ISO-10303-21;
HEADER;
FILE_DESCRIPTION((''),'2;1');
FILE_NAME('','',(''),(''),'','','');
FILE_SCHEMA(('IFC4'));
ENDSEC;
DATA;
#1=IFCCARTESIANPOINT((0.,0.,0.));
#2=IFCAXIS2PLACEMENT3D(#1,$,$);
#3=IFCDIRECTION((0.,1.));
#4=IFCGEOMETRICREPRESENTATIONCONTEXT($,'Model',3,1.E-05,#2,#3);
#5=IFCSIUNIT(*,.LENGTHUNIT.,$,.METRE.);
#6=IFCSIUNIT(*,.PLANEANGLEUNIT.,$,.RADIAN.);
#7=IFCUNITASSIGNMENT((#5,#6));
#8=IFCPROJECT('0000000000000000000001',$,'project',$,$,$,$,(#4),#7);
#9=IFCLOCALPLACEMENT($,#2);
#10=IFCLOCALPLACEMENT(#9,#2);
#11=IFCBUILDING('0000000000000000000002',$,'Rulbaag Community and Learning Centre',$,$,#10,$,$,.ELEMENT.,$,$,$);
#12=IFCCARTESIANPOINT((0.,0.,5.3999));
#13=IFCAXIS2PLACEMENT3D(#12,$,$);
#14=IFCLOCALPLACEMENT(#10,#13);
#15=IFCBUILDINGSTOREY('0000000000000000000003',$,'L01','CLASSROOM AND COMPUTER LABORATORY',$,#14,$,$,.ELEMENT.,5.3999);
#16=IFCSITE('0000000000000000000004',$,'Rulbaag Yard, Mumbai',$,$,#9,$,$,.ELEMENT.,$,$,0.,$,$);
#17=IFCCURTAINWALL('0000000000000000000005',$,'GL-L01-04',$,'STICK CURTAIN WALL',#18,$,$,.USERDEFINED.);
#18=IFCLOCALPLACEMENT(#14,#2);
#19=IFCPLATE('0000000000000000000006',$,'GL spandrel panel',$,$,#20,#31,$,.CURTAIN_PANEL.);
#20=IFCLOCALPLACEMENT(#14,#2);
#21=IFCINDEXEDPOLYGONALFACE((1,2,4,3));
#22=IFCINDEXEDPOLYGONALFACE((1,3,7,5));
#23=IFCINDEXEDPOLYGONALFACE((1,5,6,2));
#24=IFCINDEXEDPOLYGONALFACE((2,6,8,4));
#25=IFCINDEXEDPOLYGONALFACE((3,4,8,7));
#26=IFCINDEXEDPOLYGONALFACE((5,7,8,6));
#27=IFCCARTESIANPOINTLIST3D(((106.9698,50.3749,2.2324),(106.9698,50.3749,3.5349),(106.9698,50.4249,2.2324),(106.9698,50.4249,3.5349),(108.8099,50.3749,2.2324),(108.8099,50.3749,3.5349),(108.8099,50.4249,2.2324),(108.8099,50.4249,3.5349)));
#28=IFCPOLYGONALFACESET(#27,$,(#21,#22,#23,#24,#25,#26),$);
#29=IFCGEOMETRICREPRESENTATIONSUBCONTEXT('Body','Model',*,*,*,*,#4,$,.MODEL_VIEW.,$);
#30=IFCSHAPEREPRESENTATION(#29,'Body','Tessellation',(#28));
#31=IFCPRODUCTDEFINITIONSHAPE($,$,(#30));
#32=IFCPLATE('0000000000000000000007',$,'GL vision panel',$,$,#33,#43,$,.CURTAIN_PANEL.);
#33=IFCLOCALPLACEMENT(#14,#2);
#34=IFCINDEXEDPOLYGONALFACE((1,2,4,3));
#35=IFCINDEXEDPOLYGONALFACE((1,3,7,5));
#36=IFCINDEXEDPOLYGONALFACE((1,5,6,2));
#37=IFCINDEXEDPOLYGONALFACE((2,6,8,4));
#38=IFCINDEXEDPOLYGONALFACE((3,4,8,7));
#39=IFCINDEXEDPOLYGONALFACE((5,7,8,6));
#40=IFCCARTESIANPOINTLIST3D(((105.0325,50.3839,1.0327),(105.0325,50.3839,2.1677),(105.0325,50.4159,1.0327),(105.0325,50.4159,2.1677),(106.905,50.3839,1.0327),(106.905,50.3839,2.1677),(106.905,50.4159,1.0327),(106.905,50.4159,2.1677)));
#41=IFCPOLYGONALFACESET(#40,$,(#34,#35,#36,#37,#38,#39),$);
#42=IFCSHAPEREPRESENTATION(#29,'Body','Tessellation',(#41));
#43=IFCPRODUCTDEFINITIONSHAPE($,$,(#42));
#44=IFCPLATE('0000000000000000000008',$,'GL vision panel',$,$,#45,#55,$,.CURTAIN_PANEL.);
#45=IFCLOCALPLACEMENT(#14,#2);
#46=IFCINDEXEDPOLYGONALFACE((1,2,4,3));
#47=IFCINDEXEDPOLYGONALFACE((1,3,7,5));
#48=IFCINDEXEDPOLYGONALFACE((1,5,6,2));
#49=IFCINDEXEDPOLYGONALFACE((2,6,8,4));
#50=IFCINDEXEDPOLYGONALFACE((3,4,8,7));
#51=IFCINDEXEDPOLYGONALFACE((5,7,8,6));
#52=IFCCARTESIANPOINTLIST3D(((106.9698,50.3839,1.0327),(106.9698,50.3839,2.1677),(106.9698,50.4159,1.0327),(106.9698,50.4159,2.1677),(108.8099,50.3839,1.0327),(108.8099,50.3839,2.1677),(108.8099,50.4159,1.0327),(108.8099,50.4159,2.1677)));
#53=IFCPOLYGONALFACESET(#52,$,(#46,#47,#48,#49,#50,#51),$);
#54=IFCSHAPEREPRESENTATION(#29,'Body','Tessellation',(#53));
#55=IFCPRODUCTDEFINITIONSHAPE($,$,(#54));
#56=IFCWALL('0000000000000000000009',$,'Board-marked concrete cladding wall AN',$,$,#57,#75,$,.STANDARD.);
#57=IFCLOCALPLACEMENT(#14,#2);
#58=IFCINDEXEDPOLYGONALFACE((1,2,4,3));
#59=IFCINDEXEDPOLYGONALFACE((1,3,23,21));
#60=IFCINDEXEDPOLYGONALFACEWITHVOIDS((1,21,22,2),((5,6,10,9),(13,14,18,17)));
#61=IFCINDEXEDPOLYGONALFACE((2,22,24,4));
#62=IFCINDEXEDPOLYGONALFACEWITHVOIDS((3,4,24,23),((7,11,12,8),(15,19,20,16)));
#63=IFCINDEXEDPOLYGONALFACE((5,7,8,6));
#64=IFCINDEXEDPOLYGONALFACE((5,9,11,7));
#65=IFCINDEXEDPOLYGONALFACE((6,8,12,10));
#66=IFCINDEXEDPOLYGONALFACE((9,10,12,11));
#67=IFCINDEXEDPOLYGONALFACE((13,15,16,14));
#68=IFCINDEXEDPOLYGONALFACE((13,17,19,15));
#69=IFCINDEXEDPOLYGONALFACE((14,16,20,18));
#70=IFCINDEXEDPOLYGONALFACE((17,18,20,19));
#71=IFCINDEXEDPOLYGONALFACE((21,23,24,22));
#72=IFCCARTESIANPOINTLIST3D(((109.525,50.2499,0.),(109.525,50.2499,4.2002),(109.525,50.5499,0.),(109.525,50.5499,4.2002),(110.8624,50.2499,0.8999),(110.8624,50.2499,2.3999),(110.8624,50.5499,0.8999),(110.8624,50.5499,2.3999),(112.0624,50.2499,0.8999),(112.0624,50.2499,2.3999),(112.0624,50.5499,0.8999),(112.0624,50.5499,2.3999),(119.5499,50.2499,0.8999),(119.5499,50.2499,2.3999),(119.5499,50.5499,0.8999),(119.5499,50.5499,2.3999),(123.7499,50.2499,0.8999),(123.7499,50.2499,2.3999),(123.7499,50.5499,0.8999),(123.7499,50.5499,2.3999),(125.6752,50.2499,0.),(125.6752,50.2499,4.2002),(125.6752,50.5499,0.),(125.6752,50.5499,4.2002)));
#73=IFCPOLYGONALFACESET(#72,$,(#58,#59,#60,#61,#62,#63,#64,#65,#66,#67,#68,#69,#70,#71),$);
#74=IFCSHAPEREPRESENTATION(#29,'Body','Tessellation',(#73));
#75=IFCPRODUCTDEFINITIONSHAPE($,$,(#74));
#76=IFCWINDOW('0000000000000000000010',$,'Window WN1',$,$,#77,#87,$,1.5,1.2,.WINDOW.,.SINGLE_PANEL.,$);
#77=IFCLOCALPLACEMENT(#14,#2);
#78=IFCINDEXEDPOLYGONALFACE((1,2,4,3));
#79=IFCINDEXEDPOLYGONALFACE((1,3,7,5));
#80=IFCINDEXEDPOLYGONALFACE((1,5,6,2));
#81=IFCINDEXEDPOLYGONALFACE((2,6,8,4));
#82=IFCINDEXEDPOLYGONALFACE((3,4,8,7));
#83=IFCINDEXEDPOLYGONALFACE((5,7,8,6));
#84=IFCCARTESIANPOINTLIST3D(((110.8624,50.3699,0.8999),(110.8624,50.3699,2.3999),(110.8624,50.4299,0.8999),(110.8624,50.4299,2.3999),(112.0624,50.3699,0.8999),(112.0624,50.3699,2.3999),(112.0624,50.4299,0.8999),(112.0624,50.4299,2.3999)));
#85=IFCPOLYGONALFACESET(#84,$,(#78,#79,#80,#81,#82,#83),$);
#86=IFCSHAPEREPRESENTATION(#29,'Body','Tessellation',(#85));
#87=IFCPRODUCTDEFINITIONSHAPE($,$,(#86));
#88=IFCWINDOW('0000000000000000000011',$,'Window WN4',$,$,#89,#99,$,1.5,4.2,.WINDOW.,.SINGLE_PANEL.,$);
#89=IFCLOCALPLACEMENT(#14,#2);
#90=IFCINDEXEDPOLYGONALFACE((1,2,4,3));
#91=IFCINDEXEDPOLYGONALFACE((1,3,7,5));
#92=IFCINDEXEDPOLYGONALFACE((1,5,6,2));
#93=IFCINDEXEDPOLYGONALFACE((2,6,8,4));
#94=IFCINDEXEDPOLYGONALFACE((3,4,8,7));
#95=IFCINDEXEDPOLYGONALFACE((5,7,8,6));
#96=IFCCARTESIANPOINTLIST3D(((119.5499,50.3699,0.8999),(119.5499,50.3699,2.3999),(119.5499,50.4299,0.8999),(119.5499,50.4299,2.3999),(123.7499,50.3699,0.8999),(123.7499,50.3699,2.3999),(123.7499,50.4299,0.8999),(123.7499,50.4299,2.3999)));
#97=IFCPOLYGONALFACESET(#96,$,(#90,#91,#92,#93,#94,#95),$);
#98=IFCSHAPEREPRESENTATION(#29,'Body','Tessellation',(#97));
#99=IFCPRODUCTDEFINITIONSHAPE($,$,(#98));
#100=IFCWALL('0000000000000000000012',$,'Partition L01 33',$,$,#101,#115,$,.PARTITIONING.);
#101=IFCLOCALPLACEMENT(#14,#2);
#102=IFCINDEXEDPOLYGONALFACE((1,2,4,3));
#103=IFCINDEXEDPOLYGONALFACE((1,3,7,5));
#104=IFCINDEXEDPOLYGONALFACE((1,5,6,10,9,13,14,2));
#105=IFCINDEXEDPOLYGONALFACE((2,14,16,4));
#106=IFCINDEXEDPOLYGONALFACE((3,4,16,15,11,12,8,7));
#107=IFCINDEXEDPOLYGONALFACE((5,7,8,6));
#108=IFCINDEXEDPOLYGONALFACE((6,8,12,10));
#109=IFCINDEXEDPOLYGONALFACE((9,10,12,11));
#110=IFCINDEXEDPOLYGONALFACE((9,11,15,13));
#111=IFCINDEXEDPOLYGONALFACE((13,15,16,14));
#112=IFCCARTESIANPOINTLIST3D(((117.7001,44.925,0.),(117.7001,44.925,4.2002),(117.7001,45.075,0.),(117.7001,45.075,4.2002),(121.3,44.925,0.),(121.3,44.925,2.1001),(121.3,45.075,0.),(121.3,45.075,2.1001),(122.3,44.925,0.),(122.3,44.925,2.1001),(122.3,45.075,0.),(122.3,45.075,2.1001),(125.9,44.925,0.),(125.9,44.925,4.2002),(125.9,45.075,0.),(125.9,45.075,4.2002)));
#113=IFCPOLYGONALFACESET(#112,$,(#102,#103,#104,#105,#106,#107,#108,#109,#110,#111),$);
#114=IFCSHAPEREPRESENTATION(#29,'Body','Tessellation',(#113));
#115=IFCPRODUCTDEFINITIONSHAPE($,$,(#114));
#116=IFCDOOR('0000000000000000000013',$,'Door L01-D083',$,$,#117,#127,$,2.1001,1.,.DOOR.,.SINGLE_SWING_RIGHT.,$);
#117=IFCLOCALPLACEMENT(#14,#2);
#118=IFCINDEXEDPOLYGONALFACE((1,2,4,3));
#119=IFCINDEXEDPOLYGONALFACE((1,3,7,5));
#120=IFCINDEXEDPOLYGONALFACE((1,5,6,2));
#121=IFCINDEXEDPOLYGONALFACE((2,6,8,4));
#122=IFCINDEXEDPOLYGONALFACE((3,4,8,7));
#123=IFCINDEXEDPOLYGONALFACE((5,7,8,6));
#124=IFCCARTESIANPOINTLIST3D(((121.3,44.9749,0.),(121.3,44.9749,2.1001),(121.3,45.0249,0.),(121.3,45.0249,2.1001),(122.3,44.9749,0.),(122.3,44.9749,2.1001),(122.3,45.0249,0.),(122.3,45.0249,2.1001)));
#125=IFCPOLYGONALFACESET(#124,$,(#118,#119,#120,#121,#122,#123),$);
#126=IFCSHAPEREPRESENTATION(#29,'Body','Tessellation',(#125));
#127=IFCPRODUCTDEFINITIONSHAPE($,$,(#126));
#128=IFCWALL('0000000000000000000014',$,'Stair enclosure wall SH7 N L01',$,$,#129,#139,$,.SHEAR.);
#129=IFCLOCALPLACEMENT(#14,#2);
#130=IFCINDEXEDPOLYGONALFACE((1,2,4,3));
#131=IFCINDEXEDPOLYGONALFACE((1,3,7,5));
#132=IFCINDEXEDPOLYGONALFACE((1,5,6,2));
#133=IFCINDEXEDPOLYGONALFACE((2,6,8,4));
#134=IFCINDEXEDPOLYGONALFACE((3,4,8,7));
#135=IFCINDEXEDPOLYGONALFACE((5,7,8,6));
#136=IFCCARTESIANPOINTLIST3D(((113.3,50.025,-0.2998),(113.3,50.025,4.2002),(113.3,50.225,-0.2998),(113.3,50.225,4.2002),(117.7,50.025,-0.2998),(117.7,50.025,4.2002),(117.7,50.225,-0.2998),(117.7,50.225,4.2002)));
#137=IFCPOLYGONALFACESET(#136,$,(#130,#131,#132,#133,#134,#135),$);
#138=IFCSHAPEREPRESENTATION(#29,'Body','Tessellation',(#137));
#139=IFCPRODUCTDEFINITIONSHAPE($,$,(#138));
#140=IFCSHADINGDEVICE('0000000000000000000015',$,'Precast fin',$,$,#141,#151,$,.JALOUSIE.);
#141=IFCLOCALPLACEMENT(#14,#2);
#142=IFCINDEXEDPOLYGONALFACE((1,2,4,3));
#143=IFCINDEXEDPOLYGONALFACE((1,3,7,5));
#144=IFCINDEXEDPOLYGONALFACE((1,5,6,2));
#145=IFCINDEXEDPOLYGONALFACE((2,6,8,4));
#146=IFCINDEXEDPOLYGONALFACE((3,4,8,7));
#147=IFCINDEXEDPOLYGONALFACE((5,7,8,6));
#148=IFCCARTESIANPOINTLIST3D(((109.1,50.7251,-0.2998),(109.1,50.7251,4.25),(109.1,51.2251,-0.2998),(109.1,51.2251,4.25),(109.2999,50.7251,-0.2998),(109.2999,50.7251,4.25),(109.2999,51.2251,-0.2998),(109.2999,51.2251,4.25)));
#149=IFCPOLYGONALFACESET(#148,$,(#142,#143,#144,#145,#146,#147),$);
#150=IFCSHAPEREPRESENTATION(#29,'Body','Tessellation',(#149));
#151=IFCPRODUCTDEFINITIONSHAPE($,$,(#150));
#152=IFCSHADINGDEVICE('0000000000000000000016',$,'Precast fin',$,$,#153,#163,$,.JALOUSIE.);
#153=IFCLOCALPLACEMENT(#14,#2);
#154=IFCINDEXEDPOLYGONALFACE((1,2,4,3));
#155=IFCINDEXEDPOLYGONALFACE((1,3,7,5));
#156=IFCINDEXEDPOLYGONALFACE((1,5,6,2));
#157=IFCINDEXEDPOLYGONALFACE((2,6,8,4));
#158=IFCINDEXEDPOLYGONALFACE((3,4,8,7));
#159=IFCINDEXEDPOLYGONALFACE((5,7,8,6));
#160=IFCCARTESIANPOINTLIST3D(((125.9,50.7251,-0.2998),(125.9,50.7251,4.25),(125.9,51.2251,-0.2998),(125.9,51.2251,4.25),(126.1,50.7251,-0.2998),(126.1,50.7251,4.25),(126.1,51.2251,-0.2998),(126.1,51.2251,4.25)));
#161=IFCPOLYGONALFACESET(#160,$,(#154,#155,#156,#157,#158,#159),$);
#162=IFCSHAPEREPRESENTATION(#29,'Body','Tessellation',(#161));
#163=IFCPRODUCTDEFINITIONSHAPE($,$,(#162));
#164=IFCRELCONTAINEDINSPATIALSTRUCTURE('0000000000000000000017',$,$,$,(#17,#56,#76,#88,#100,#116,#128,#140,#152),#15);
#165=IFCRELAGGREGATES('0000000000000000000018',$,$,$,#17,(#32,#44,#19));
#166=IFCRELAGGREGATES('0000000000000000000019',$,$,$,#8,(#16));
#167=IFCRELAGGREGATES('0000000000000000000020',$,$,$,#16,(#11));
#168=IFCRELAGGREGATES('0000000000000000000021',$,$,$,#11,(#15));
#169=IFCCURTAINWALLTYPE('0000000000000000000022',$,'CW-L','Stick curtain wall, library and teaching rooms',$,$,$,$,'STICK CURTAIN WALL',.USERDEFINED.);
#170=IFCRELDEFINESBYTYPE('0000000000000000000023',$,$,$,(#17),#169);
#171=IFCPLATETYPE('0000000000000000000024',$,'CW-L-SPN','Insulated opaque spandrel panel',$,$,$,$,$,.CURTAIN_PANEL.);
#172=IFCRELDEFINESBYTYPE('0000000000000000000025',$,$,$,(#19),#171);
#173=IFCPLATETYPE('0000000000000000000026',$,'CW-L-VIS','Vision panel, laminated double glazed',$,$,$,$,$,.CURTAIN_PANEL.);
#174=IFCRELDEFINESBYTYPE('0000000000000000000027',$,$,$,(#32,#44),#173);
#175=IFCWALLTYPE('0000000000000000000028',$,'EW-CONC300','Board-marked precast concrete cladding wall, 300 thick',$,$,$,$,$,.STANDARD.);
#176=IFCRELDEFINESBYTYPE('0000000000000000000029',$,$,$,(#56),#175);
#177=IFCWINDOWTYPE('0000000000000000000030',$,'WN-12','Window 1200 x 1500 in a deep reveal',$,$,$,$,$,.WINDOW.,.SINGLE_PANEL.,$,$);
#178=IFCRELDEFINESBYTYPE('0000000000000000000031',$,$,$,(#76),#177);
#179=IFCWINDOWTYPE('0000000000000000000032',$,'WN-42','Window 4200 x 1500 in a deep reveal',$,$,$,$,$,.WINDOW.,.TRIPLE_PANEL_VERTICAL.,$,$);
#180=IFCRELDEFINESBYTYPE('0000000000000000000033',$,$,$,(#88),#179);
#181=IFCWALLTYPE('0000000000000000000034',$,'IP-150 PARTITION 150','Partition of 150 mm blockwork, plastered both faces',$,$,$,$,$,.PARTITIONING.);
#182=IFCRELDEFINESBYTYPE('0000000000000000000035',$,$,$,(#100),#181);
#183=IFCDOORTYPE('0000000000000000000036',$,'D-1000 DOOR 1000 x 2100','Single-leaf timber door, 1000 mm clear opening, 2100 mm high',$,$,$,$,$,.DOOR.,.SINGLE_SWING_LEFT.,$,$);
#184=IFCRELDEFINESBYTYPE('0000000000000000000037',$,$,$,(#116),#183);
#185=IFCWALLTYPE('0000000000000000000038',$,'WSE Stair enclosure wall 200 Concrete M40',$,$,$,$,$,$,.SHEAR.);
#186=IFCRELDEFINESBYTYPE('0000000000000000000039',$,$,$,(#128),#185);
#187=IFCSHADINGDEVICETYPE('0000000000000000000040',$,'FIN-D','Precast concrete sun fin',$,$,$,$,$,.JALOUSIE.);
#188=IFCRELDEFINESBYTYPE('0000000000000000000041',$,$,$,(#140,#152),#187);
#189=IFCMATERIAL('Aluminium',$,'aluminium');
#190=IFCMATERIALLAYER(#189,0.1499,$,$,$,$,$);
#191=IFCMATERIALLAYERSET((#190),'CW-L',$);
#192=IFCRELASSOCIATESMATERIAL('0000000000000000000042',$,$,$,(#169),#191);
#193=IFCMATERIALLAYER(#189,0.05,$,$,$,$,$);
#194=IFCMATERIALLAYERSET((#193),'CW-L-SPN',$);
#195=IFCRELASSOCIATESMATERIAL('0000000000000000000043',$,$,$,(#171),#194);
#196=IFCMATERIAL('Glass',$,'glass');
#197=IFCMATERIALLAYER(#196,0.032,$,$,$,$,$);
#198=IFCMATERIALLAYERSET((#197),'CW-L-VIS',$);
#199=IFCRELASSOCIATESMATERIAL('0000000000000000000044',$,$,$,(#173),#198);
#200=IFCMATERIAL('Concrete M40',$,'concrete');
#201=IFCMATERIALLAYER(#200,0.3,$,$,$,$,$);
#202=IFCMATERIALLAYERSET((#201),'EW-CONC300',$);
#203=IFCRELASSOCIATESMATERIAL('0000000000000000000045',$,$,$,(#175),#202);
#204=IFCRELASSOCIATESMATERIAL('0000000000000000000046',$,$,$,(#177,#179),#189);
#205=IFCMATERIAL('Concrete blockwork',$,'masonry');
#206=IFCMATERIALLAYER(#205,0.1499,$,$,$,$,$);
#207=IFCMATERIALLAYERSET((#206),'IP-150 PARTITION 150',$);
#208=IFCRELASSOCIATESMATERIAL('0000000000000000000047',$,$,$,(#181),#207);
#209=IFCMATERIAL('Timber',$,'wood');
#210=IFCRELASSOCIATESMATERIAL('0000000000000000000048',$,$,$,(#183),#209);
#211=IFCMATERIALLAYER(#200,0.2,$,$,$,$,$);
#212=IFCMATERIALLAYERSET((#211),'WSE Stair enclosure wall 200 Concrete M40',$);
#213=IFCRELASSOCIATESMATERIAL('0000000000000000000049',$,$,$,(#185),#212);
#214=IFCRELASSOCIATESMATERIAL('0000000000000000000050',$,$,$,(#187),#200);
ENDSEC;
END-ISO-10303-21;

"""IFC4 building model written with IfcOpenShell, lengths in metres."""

from ifc_helpers import new_model, si_unit, direction, frame, frame_2d, origin, origin_2d, place, context, subcontext, project, spatial, rectangle, extrude, material, layer, layer_set, material_profile, profile_set, type_object, element, fill, aggregate, save


model = new_model("IFC4")

# Units and contexts
model_context = context("Model", 3, precision=1e-05, world=origin(), true_north=direction((0.0, 1.0)))
body_context = subcontext(model_context, "Body", "Model", "MODEL_VIEW")
ifc_project = project(units=[si_unit("LENGTHUNIT", "METRE"), si_unit("PLANEANGLEUNIT", "RADIAN")], contexts=[model_context])

# Site, building, storey
site_placement = place(None, origin())
site = spatial("IfcSite", under=ifc_project, at=site_placement, Name="Rulbaag Yard, Mumbai", CompositionType="ELEMENT", RefElevation=0.0)
building_placement = place(site_placement, origin())
building = spatial("IfcBuilding", under=site, at=building_placement, Name="Rulbaag Community and Learning Centre", CompositionType="ELEMENT")
storey_placement = place(building_placement, frame((0.0, 0.0, 5.3999)))
storey = spatial("IfcBuildingStorey", under=building, at=storey_placement, Name="L01", Description="CLASSROOM AND COMPUTER LABORATORY", CompositionType="ELEMENT", Elevation=5.3999)

# Shared definitions
ifc_material_1 = material(Name="Concrete M40", Category="concrete")

# Curtain wall, plates
ifc_material_2 = material(Name="Aluminium", Category="aluminium")
ifc_layer_1 = layer(ifc_material_2, 0.1499)
ifc_layer_set_1 = layer_set([ifc_layer_1], Name="CW-L")
curtain_wall_type = type_object("IfcCurtainWallType", Name="CW-L", Description="Stick curtain wall, library and teaching rooms", ElementType="STICK CURTAIN WALL", PredefinedType="USERDEFINED", material=ifc_layer_set_1)
curtain_wall_placement = place(storey_placement, origin())
curtain_wall = element("IfcCurtainWall", 1, at=curtain_wall_placement, inside=storey, type_object=curtain_wall_type, Name="GL-L01-04", ObjectType="STICK CURTAIN WALL", PredefinedType="USERDEFINED")
ifc_layer_2 = layer(ifc_material_2, 0.05)
ifc_layer_set_2 = layer_set([ifc_layer_2], Name="CW-L-SPN")
plate_type_1 = type_object("IfcPlateType", Name="CW-L-SPN", Description="Insulated opaque spandrel panel", PredefinedType="CURTAIN_PANEL", material=ifc_layer_set_2)
plate_1_placement = place(storey_placement, frame((107.8899, 50.3999, 2.2324), z_axis=(0.0, 0.0, 1.0), x_axis=(1.0, 0.0, 0.0)))
plate_1 = element("IfcPlate", 2, at=plate_1_placement, type_object=plate_type_1, Name="GL spandrel panel", PredefinedType="CURTAIN_PANEL", context=body_context, shape_type="SweptSolid", body=[
    extrude(rectangle(XDim=1.8401, YDim=0.05, at=origin_2d()), origin(), (0.0, 0.0, 1.0), 1.3025),
])
ifc_material_3 = material(Name="Glass", Category="glass")
ifc_layer_3 = layer(ifc_material_3, 0.032)
ifc_layer_set_3 = layer_set([ifc_layer_3], Name="CW-L-VIS")
plate_type_2 = type_object("IfcPlateType", Name="CW-L-VIS", Description="Vision panel, laminated double glazed", PredefinedType="CURTAIN_PANEL", material=ifc_layer_set_3)
plate_2_placement = place(storey_placement, frame((105.9688, 50.3999, 1.0327), z_axis=(0.0, 0.0, 1.0), x_axis=(1.0, 0.0, 0.0)))
plate_2 = element("IfcPlate", 3, at=plate_2_placement, type_object=plate_type_2, Name="GL vision panel", PredefinedType="CURTAIN_PANEL", context=body_context, shape_type="SweptSolid", body=[
    extrude(rectangle(XDim=1.8726, YDim=0.032, at=origin_2d()), origin(), (0.0, 0.0, 1.0), 1.135),
])
plate_3_placement = place(storey_placement, frame((107.8899, 50.3999, 1.0327), z_axis=(0.0, 0.0, 1.0), x_axis=(1.0, 0.0, 0.0)))
plate_3 = element("IfcPlate", 4, at=plate_3_placement, type_object=plate_type_2, Name="GL vision panel", PredefinedType="CURTAIN_PANEL", context=body_context, shape_type="SweptSolid", body=[
    extrude(rectangle(XDim=1.8401, YDim=0.032, at=origin_2d()), origin(), (0.0, 0.0, 1.0), 1.135),
])
aggregate(curtain_wall, [plate_2, plate_3, plate_1])

# Wall, openings, windows
ifc_layer_4 = layer(ifc_material_1, 0.3)
ifc_layer_set_4 = layer_set([ifc_layer_4], Name="EW-CONC300")
wall_type_1 = type_object("IfcWallType", Name="EW-CONC300", Description="Board-marked precast concrete cladding wall, 300 thick", PredefinedType="STANDARD", material=ifc_layer_set_4)
wall_1_placement = place(storey_placement, frame((109.5249, 50.3999, 0.0), z_axis=(0.0, 0.0, 1.0), x_axis=(1.0, 0.0, 0.0)))
wall_1 = element("IfcWall", 5, at=wall_1_placement, inside=storey, type_object=wall_type_1, Name="Board-marked concrete cladding wall AN", PredefinedType="STANDARD", context=body_context, shape_type="SweptSolid", body=[
    extrude(rectangle(XDim=16.1501, YDim=0.3, at=frame_2d((8.0752, 0.0))), origin(), (0.0, 0.0, 1.0), 4.2002),
])
opening_1_placement = place(wall_1_placement, frame((1.3374, 0.0, 0.8999)))
opening_1 = element("IfcOpeningElement", 6, at=opening_1_placement, cuts=wall_1, PredefinedType="OPENING", context=body_context, shape_type="SweptSolid", body=[
    extrude(rectangle(XDim=1.2, YDim=1.5, at=frame_2d((0.6001, 0.75))), frame((0.0, 0.1599, 0.0), z_axis=(0.0, -1.0, 0.0), x_axis=(1.0, 0.0, 0.0)), (0.0, 0.0, 1.0), 0.3201),
])
opening_2_placement = place(wall_1_placement, frame((10.0249, 0.0, 0.8999)))
opening_2 = element("IfcOpeningElement", 7, at=opening_2_placement, cuts=wall_1, PredefinedType="OPENING", context=body_context, shape_type="SweptSolid", body=[
    extrude(rectangle(XDim=4.2, YDim=1.5, at=frame_2d((2.1001, 0.75))), frame((0.0, 0.1599, 0.0), z_axis=(0.0, -1.0, 0.0), x_axis=(1.0, 0.0, 0.0)), (0.0, 0.0, 1.0), 0.3201),
])
window_type_1 = type_object("IfcWindowType", Name="WN-12", Description="Window 1200 x 1500 in a deep reveal", PartitioningType="SINGLE_PANEL", PredefinedType="WINDOW", material=ifc_material_2)
window_1_placement = place(opening_1_placement, origin())
window_1 = element("IfcWindow", 8, at=window_1_placement, inside=storey, type_object=window_type_1, Name="Window WN1", OverallHeight=1.5, OverallWidth=1.2, PartitioningType="SINGLE_PANEL", PredefinedType="WINDOW", context=body_context, shape_type="SweptSolid", body=[
    extrude(rectangle(XDim=1.2, YDim=1.5, at=frame_2d((0.6001, 0.75))), frame((0.0, 0.03, 0.0), z_axis=(0.0, -1.0, 0.0), x_axis=(1.0, 0.0, 0.0)), (0.0, 0.0, 1.0), 0.0601),
])
fill(opening_1, window_1)
window_type_2 = type_object("IfcWindowType", Name="WN-42", Description="Window 4200 x 1500 in a deep reveal", PartitioningType="TRIPLE_PANEL_VERTICAL", PredefinedType="WINDOW", material=ifc_material_2)
window_2_placement = place(opening_2_placement, origin())
window_2 = element("IfcWindow", 9, at=window_2_placement, inside=storey, type_object=window_type_2, Name="Window WN4", OverallHeight=1.5, OverallWidth=4.2, PartitioningType="SINGLE_PANEL", PredefinedType="WINDOW", context=body_context, shape_type="SweptSolid", body=[
    extrude(rectangle(XDim=4.2, YDim=1.5, at=frame_2d((2.1001, 0.75))), frame((0.0, 0.03, 0.0), z_axis=(0.0, -1.0, 0.0), x_axis=(1.0, 0.0, 0.0)), (0.0, 0.0, 1.0), 0.0601),
])
fill(opening_2, window_2)

# Wall, opening, door
ifc_material_4 = material(Name="Concrete blockwork", Category="masonry")
ifc_layer_5 = layer(ifc_material_4, 0.1499)
ifc_layer_set_5 = layer_set([ifc_layer_5], Name="IP-150 PARTITION 150")
wall_type_2 = type_object("IfcWallType", Name="IP-150 PARTITION 150", Description="Partition of 150 mm blockwork, plastered both faces", PredefinedType="PARTITIONING", material=ifc_layer_set_5)
wall_2_placement = place(storey_placement, frame((117.7, 45.0, 0.0), z_axis=(0.0, 0.0, 1.0), x_axis=(1.0, 0.0, 0.0)))
wall_2 = element("IfcWall", 10, at=wall_2_placement, inside=storey, type_object=wall_type_2, Name="Partition L01 33", PredefinedType="PARTITIONING", context=body_context, shape_type="SweptSolid", body=[
    extrude(rectangle(XDim=8.2, YDim=0.1499, at=frame_2d((4.1001, 0.0))), origin(), (0.0, 0.0, 1.0), 4.2002),
])
opening_3_placement = place(wall_2_placement, frame((3.6001, 0.0, 0.0)))
opening_3 = element("IfcOpeningElement", 11, at=opening_3_placement, cuts=wall_2, PredefinedType="OPENING", context=body_context, shape_type="SweptSolid", body=[
    extrude(rectangle(XDim=1.0, YDim=2.1001, at=frame_2d((0.5, 1.05))), frame((0.0, 0.085, 0.0), z_axis=(0.0, -1.0, 0.0), x_axis=(1.0, 0.0, 0.0)), (0.0, 0.0, 1.0), 0.1699),
])
ifc_material_5 = material(Name="Timber", Category="wood")
door_type = type_object("IfcDoorType", Name="D-1000 DOOR 1000 x 2100", Description="Single-leaf timber door, 1000 mm clear opening, 2100 mm high", OperationType="SINGLE_SWING_LEFT", PredefinedType="DOOR", material=ifc_material_5)
door_placement = place(opening_3_placement, origin())
door = element("IfcDoor", 12, at=door_placement, inside=storey, type_object=door_type, Name="Door L01-D083", OperationType="SINGLE_SWING_RIGHT", OverallHeight=2.1001, OverallWidth=1.0, PredefinedType="DOOR", context=body_context, shape_type="SweptSolid", body=[
    extrude(rectangle(XDim=1.0, YDim=2.1001, at=frame_2d((0.5, 1.05))), frame((0.0, 0.0249, 0.0), z_axis=(0.0, -1.0, 0.0), x_axis=(1.0, 0.0, 0.0)), (0.0, 0.0, 1.0), 0.05),
])
fill(opening_3, door)

# Wall
ifc_layer_6 = layer(ifc_material_1, 0.2)
ifc_layer_set_6 = layer_set([ifc_layer_6], Name="WSE Stair enclosure wall 200 Concrete M40")
wall_type_3 = type_object("IfcWallType", Name="WSE Stair enclosure wall 200 Concrete M40", PredefinedType="SHEAR", material=ifc_layer_set_6)
wall_3_placement = place(storey_placement, frame((113.3, 50.125, -0.2998), z_axis=(0.0, 0.0, 1.0), x_axis=(1.0, 0.0, 0.0)))
element("IfcWall", 13, at=wall_3_placement, inside=storey, type_object=wall_type_3, Name="Stair enclosure wall SH7 N L01", PredefinedType="SHEAR", context=body_context, shape_type="SweptSolid", body=[
    extrude(rectangle(XDim=4.3999, YDim=0.2, at=frame_2d((2.2, 0.0))), origin(), (0.0, 0.0, 1.0), 4.5),
])

# Shading devices
ifc_material_profile_1 = material_profile(ifc_material_1, rectangle(XDim=0.2, YDim=0.5, at=origin_2d()), Name="PC 200x500")
ifc_profile_set_1 = profile_set([ifc_material_profile_1], Name="Concrete M40")
shading_device_type = type_object("IfcShadingDeviceType", Name="FIN-D", Description="Precast concrete sun fin", PredefinedType="JALOUSIE", material=ifc_profile_set_1)
for number, where, z_axis, x_axis, name in (
    (14, (109.2, 50.9751, -0.2998), (0.0, 0.0, 1.0), (1.0, 0.0, 0.0), "Precast fin"),
    (15, (126.0, 50.9751, -0.2998), (0.0, 0.0, 1.0), (1.0, 0.0, 0.0), "Precast fin"),
):
    element("IfcShadingDevice", number, at=place(storey_placement, frame(where, z_axis=z_axis, x_axis=x_axis)), inside=storey, type_object=shading_device_type, Name=name, PredefinedType="JALOUSIE", context=body_context, shape_type="SweptSolid", body=[
        extrude(rectangle(XDim=0.2, YDim=0.5, at=origin_2d()), origin(), (0.0, 0.0, 1.0), 4.5498),
    ])

save(model, "model.ifc")
